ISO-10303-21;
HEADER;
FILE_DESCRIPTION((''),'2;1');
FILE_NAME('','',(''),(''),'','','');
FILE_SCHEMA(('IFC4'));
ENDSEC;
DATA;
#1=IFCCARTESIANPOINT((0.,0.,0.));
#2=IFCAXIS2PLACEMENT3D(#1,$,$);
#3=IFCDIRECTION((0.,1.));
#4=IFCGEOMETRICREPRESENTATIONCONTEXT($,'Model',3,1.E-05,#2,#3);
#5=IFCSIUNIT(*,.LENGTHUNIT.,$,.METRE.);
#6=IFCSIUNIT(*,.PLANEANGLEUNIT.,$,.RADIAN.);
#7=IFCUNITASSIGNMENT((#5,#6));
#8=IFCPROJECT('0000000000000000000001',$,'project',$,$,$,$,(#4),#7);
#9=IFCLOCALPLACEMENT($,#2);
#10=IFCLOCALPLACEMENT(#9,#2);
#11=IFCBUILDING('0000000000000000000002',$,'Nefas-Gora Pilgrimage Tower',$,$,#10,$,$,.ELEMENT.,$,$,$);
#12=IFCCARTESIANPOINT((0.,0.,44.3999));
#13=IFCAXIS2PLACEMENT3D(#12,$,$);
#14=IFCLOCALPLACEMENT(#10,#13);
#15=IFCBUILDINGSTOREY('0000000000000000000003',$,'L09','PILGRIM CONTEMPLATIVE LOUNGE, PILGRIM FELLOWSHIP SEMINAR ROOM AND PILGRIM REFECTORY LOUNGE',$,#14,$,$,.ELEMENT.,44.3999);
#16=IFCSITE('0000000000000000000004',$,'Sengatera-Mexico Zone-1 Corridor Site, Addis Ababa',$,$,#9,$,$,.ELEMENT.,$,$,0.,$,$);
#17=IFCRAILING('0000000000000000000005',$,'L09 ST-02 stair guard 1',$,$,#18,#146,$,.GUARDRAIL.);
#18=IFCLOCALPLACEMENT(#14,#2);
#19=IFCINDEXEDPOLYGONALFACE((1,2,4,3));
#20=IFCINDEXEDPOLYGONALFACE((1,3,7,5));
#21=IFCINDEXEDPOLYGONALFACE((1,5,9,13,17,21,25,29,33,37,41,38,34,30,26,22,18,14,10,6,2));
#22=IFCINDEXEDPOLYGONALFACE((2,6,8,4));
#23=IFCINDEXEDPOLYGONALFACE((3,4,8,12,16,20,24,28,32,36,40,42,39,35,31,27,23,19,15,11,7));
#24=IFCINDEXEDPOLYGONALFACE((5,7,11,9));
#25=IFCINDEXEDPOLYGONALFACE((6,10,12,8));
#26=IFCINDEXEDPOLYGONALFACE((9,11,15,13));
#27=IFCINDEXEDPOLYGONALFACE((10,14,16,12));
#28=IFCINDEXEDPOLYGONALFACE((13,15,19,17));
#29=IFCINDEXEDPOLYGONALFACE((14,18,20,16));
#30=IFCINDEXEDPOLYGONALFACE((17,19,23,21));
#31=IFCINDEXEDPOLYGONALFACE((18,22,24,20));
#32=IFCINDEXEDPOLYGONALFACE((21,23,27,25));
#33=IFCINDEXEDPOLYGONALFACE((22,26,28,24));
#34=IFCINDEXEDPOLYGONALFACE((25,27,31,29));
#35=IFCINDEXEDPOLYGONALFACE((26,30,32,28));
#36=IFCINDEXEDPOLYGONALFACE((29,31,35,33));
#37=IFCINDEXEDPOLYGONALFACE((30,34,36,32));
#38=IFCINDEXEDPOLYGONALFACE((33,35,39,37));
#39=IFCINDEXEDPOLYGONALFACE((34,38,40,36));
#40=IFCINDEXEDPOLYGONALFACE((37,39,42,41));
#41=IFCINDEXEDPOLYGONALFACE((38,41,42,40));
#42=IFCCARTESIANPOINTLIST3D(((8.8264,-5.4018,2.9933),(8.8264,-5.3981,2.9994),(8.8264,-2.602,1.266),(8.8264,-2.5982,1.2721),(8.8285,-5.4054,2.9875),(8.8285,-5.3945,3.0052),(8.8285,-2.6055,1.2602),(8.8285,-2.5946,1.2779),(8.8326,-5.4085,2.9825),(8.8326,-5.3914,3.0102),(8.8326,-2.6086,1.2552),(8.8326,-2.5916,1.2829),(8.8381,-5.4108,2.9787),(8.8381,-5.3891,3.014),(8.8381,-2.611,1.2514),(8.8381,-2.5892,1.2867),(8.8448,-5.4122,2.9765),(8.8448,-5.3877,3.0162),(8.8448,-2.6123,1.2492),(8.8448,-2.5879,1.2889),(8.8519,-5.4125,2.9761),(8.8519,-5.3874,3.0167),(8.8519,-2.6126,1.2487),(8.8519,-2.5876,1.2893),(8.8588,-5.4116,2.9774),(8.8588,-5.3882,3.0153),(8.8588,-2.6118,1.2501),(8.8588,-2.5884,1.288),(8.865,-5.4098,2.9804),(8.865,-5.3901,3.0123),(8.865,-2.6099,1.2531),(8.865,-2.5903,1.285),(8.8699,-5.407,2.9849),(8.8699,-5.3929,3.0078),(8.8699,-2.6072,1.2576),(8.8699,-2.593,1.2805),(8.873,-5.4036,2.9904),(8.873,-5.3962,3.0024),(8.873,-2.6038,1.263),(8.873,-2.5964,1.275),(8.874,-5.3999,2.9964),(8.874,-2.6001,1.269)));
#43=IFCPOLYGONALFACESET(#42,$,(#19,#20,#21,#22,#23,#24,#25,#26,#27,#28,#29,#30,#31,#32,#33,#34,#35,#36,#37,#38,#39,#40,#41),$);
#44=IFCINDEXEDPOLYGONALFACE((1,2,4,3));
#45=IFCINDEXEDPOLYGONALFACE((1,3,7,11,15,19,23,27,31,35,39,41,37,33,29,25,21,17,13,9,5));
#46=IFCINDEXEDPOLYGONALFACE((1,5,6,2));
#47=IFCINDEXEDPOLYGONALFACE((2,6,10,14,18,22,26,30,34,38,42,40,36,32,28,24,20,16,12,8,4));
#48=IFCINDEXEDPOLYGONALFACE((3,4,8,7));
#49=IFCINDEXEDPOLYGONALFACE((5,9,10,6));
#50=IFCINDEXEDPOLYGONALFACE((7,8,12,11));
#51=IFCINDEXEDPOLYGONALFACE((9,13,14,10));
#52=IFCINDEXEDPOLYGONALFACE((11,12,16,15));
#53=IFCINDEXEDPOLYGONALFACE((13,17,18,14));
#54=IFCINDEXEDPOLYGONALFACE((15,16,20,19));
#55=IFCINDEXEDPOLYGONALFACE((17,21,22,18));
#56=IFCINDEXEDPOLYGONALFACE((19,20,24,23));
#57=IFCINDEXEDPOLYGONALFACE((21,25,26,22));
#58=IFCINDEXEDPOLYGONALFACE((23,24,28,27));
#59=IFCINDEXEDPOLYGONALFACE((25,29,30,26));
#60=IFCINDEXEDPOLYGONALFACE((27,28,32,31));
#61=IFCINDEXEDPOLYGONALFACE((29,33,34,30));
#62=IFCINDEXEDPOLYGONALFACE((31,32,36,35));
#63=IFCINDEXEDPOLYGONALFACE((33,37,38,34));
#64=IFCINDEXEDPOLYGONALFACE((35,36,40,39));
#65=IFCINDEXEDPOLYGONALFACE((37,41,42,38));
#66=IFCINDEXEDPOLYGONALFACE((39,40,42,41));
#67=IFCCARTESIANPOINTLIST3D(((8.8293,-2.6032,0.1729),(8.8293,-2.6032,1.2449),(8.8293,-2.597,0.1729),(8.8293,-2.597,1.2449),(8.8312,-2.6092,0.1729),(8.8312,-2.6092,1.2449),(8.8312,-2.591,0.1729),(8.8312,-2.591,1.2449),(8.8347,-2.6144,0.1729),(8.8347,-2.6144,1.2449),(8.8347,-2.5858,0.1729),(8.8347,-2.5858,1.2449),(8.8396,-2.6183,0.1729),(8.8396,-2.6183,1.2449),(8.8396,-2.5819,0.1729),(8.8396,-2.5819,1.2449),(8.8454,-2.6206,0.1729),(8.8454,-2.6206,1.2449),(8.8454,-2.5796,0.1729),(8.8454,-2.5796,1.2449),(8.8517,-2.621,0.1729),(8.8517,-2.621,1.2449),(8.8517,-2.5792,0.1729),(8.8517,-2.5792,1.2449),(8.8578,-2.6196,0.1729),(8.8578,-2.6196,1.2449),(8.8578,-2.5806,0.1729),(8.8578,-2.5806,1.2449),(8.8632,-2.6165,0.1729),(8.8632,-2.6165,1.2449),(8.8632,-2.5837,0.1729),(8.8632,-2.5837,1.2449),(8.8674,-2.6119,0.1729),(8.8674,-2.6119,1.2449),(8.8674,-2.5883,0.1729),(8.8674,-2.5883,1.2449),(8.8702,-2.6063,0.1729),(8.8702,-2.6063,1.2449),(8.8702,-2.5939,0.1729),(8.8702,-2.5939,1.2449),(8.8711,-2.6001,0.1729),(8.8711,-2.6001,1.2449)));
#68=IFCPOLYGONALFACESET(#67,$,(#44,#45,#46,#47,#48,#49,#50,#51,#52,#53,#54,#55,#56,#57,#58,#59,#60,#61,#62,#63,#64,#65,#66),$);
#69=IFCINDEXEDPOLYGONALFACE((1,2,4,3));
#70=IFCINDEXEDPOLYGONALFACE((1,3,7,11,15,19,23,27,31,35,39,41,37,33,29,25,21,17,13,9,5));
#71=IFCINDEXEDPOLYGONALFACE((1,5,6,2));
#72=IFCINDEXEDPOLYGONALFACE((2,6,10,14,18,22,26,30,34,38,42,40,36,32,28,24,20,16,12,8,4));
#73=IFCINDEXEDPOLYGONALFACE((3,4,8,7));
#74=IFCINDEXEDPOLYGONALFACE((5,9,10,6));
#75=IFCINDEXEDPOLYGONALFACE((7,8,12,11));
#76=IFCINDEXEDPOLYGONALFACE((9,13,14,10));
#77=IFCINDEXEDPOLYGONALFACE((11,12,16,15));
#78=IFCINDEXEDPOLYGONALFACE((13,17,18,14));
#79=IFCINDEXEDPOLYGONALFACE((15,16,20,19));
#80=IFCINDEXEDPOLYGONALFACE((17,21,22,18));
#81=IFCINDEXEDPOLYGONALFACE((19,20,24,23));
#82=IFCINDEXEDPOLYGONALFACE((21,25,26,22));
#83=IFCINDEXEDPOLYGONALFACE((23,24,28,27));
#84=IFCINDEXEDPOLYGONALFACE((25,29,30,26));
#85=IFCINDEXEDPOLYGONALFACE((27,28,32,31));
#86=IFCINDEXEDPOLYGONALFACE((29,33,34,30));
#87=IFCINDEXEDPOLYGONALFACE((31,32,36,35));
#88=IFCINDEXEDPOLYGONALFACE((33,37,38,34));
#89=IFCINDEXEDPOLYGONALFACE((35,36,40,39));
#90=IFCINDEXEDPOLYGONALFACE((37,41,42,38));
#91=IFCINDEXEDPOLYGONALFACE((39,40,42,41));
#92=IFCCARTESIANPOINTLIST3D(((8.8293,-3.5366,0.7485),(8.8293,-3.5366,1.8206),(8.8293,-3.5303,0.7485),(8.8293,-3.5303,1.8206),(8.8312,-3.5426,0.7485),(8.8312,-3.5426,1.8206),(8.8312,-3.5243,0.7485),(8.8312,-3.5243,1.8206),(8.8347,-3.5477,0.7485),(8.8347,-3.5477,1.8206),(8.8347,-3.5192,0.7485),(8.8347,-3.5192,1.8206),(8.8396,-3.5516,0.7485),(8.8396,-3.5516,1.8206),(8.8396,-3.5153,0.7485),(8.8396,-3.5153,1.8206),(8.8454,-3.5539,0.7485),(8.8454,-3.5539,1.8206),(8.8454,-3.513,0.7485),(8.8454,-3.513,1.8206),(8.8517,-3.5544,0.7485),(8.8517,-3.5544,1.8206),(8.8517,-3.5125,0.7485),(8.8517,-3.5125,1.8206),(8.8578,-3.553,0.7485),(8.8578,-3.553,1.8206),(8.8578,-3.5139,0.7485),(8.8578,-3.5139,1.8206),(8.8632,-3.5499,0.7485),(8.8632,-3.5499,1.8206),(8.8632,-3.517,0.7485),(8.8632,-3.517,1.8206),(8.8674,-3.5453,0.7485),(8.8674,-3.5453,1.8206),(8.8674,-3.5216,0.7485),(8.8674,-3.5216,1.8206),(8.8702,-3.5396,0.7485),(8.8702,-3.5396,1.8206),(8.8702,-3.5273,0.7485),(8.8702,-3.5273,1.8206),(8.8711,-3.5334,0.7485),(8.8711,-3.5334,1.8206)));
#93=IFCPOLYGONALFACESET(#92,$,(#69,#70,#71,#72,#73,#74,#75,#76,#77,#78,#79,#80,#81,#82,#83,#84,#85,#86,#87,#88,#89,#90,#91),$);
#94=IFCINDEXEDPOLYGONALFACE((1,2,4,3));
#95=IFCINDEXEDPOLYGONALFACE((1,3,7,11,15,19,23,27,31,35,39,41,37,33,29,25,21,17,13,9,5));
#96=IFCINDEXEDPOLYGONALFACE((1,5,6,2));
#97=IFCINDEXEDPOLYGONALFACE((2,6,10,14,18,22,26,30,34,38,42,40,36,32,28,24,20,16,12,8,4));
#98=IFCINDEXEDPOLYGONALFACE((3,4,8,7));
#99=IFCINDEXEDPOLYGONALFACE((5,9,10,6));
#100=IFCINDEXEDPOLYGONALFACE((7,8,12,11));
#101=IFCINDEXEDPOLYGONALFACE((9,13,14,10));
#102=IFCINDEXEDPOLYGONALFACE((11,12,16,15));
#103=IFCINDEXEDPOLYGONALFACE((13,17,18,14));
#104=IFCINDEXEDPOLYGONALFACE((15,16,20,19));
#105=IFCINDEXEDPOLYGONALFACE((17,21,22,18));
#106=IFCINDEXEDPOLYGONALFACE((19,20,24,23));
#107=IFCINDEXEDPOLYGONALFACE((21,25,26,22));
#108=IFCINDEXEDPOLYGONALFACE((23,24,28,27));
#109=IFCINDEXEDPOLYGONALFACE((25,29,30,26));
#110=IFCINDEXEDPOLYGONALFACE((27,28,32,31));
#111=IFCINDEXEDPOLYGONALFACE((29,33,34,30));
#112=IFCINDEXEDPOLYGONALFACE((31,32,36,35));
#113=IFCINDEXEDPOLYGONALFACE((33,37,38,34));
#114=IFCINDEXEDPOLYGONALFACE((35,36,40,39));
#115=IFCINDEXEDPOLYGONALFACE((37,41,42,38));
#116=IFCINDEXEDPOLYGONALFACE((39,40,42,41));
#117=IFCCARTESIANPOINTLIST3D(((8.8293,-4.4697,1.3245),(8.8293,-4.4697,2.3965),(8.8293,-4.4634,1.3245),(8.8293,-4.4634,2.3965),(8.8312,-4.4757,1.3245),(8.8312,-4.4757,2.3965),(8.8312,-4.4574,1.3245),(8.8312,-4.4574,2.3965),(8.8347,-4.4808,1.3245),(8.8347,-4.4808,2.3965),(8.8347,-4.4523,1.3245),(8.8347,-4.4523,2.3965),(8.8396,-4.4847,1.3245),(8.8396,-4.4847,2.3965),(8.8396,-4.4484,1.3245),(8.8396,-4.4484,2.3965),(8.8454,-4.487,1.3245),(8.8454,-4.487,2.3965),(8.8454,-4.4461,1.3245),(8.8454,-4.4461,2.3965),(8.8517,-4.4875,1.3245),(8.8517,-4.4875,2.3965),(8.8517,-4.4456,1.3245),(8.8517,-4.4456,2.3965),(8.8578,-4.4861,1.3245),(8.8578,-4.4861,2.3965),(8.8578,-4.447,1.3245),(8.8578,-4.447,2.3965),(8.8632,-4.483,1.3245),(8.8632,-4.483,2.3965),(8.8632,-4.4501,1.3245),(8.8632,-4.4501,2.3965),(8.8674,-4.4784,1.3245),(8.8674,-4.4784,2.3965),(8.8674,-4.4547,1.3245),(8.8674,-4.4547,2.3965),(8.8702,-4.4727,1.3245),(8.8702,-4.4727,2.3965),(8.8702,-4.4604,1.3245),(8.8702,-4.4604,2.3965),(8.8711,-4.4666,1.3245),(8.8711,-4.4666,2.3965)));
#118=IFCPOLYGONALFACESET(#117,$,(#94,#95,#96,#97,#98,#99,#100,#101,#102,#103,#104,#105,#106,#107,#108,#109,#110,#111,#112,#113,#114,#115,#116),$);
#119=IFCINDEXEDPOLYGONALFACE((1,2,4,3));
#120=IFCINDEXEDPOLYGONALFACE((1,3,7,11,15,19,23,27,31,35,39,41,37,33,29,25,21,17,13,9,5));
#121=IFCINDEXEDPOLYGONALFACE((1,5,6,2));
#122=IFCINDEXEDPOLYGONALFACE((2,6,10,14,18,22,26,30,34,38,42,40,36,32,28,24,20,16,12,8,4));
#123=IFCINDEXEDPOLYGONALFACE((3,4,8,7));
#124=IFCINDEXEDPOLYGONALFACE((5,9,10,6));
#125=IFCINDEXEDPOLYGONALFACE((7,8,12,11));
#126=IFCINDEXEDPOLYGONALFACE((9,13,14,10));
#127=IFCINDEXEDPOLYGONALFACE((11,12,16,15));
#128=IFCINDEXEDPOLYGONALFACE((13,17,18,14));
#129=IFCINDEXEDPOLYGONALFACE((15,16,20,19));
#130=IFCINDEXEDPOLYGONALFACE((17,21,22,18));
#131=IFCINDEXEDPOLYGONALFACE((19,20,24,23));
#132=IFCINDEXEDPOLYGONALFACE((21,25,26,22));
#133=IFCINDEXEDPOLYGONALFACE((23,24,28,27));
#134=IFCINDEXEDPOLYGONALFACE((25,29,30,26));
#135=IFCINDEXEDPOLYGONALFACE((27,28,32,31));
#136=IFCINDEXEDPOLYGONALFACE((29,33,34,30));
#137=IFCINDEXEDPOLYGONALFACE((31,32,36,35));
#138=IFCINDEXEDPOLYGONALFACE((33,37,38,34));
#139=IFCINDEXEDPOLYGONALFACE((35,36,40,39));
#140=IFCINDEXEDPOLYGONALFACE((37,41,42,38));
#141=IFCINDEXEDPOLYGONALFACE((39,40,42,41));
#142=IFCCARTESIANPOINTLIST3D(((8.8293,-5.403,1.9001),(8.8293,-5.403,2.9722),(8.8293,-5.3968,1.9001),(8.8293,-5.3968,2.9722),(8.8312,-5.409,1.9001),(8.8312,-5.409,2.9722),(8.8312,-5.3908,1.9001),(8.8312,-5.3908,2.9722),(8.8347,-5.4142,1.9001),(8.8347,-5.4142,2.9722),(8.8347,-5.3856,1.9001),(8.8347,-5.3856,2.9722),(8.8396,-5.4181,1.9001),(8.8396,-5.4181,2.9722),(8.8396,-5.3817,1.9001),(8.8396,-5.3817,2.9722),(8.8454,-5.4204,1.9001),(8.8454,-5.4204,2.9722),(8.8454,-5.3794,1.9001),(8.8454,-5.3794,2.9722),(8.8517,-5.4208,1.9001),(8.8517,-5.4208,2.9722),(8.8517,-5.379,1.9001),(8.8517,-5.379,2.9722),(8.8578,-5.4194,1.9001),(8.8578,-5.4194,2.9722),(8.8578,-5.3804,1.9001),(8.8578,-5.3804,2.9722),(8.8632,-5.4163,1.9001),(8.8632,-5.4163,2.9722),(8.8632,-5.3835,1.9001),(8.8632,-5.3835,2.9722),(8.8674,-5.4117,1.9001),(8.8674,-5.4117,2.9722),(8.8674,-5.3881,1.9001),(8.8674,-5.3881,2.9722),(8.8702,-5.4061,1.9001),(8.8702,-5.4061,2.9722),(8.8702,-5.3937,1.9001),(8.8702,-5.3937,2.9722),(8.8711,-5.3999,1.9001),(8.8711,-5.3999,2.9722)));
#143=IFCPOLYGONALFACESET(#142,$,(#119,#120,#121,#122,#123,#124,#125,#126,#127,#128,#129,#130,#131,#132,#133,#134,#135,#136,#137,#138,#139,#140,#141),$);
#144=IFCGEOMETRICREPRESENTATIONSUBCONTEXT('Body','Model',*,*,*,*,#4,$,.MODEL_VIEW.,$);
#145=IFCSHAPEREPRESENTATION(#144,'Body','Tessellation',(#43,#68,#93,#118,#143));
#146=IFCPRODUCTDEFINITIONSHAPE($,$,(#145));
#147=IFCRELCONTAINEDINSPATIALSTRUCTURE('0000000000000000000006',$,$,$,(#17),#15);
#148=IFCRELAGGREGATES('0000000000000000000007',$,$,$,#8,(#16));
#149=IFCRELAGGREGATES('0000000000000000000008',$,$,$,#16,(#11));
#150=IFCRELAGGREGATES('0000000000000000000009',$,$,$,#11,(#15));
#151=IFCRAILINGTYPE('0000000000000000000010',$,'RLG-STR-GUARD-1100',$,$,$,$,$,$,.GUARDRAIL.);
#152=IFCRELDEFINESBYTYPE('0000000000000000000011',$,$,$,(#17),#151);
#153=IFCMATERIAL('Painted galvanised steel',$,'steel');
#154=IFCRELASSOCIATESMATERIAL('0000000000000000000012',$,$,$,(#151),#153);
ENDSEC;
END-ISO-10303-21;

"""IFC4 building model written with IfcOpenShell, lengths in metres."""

from ifc_helpers import new_model, si_unit, direction, frame, origin, origin_2d, place, context, subcontext, project, spatial, circle, extrude, material, type_object, element, save


model = new_model("IFC4")

# Units and contexts
model_context = context("Model", 3, precision=1e-05, world=origin(), true_north=direction((0.0, 1.0)))
body_context = subcontext(model_context, "Body", "Model", "MODEL_VIEW")
ifc_project = project(units=[si_unit("LENGTHUNIT", "METRE"), si_unit("PLANEANGLEUNIT", "RADIAN")], contexts=[model_context])

# Site, building, storey
site_placement = place(None, origin())
site = spatial("IfcSite", under=ifc_project, at=site_placement, Name="Sengatera-Mexico Zone-1 Corridor Site, Addis Ababa", CompositionType="ELEMENT", RefElevation=0.0)
building_placement = place(site_placement, origin())
building = spatial("IfcBuilding", under=site, at=building_placement, Name="Nefas-Gora Pilgrimage Tower", CompositionType="ELEMENT")
storey_placement = place(building_placement, frame((0.0, 0.0, 44.3999)))
storey = spatial("IfcBuildingStorey", under=building, at=storey_placement, Name="L09", Description="PILGRIM CONTEMPLATIVE LOUNGE, PILGRIM FELLOWSHIP SEMINAR ROOM AND PILGRIM REFECTORY LOUNGE", CompositionType="ELEMENT", Elevation=44.3999)

# Railing
ifc_material_1 = material(Name="Painted galvanised steel", Category="steel")
railing_type_1 = type_object("IfcRailingType", Name="RLG-STR-GUARD-1100", PredefinedType="GUARDRAIL", material=ifc_material_1)
railing_1_placement = place(storey_placement, frame((8.8501, -2.6001, 0.1729)))
element("IfcRailing", 1, at=railing_1_placement, inside=storey, type_object=railing_type_1, Name="L09 ST-02 stair guard 1", PredefinedType="GUARDRAIL", context=body_context, shape_type="SweptSolid", body=[
    extrude(circle(Radius=0.0239, at=origin_2d()), frame((0.0, 0.0, 1.0962), z_axis=(0.0, -0.851069, 0.525054), x_axis=(1.0, 0.0, 0.0)), (0.0, 0.0, 1.0), 3.2898),
    extrude(circle(Radius=0.021, at=origin_2d()), origin(), (0.0, 0.0, 1.0), 1.072),
    extrude(circle(Radius=0.021, at=origin_2d()), frame((0.0, -0.9333, 0.5757)), (0.0, 0.0, 1.0), 1.072),
    extrude(circle(Radius=0.021, at=origin_2d()), frame((0.0, -1.8665, 1.1516)), (0.0, 0.0, 1.0), 1.072),
    extrude(circle(Radius=0.021, at=origin_2d()), frame((0.0, -2.7998, 1.7273)), (0.0, 0.0, 1.0), 1.072),
])

save(model, "model.ifc")
